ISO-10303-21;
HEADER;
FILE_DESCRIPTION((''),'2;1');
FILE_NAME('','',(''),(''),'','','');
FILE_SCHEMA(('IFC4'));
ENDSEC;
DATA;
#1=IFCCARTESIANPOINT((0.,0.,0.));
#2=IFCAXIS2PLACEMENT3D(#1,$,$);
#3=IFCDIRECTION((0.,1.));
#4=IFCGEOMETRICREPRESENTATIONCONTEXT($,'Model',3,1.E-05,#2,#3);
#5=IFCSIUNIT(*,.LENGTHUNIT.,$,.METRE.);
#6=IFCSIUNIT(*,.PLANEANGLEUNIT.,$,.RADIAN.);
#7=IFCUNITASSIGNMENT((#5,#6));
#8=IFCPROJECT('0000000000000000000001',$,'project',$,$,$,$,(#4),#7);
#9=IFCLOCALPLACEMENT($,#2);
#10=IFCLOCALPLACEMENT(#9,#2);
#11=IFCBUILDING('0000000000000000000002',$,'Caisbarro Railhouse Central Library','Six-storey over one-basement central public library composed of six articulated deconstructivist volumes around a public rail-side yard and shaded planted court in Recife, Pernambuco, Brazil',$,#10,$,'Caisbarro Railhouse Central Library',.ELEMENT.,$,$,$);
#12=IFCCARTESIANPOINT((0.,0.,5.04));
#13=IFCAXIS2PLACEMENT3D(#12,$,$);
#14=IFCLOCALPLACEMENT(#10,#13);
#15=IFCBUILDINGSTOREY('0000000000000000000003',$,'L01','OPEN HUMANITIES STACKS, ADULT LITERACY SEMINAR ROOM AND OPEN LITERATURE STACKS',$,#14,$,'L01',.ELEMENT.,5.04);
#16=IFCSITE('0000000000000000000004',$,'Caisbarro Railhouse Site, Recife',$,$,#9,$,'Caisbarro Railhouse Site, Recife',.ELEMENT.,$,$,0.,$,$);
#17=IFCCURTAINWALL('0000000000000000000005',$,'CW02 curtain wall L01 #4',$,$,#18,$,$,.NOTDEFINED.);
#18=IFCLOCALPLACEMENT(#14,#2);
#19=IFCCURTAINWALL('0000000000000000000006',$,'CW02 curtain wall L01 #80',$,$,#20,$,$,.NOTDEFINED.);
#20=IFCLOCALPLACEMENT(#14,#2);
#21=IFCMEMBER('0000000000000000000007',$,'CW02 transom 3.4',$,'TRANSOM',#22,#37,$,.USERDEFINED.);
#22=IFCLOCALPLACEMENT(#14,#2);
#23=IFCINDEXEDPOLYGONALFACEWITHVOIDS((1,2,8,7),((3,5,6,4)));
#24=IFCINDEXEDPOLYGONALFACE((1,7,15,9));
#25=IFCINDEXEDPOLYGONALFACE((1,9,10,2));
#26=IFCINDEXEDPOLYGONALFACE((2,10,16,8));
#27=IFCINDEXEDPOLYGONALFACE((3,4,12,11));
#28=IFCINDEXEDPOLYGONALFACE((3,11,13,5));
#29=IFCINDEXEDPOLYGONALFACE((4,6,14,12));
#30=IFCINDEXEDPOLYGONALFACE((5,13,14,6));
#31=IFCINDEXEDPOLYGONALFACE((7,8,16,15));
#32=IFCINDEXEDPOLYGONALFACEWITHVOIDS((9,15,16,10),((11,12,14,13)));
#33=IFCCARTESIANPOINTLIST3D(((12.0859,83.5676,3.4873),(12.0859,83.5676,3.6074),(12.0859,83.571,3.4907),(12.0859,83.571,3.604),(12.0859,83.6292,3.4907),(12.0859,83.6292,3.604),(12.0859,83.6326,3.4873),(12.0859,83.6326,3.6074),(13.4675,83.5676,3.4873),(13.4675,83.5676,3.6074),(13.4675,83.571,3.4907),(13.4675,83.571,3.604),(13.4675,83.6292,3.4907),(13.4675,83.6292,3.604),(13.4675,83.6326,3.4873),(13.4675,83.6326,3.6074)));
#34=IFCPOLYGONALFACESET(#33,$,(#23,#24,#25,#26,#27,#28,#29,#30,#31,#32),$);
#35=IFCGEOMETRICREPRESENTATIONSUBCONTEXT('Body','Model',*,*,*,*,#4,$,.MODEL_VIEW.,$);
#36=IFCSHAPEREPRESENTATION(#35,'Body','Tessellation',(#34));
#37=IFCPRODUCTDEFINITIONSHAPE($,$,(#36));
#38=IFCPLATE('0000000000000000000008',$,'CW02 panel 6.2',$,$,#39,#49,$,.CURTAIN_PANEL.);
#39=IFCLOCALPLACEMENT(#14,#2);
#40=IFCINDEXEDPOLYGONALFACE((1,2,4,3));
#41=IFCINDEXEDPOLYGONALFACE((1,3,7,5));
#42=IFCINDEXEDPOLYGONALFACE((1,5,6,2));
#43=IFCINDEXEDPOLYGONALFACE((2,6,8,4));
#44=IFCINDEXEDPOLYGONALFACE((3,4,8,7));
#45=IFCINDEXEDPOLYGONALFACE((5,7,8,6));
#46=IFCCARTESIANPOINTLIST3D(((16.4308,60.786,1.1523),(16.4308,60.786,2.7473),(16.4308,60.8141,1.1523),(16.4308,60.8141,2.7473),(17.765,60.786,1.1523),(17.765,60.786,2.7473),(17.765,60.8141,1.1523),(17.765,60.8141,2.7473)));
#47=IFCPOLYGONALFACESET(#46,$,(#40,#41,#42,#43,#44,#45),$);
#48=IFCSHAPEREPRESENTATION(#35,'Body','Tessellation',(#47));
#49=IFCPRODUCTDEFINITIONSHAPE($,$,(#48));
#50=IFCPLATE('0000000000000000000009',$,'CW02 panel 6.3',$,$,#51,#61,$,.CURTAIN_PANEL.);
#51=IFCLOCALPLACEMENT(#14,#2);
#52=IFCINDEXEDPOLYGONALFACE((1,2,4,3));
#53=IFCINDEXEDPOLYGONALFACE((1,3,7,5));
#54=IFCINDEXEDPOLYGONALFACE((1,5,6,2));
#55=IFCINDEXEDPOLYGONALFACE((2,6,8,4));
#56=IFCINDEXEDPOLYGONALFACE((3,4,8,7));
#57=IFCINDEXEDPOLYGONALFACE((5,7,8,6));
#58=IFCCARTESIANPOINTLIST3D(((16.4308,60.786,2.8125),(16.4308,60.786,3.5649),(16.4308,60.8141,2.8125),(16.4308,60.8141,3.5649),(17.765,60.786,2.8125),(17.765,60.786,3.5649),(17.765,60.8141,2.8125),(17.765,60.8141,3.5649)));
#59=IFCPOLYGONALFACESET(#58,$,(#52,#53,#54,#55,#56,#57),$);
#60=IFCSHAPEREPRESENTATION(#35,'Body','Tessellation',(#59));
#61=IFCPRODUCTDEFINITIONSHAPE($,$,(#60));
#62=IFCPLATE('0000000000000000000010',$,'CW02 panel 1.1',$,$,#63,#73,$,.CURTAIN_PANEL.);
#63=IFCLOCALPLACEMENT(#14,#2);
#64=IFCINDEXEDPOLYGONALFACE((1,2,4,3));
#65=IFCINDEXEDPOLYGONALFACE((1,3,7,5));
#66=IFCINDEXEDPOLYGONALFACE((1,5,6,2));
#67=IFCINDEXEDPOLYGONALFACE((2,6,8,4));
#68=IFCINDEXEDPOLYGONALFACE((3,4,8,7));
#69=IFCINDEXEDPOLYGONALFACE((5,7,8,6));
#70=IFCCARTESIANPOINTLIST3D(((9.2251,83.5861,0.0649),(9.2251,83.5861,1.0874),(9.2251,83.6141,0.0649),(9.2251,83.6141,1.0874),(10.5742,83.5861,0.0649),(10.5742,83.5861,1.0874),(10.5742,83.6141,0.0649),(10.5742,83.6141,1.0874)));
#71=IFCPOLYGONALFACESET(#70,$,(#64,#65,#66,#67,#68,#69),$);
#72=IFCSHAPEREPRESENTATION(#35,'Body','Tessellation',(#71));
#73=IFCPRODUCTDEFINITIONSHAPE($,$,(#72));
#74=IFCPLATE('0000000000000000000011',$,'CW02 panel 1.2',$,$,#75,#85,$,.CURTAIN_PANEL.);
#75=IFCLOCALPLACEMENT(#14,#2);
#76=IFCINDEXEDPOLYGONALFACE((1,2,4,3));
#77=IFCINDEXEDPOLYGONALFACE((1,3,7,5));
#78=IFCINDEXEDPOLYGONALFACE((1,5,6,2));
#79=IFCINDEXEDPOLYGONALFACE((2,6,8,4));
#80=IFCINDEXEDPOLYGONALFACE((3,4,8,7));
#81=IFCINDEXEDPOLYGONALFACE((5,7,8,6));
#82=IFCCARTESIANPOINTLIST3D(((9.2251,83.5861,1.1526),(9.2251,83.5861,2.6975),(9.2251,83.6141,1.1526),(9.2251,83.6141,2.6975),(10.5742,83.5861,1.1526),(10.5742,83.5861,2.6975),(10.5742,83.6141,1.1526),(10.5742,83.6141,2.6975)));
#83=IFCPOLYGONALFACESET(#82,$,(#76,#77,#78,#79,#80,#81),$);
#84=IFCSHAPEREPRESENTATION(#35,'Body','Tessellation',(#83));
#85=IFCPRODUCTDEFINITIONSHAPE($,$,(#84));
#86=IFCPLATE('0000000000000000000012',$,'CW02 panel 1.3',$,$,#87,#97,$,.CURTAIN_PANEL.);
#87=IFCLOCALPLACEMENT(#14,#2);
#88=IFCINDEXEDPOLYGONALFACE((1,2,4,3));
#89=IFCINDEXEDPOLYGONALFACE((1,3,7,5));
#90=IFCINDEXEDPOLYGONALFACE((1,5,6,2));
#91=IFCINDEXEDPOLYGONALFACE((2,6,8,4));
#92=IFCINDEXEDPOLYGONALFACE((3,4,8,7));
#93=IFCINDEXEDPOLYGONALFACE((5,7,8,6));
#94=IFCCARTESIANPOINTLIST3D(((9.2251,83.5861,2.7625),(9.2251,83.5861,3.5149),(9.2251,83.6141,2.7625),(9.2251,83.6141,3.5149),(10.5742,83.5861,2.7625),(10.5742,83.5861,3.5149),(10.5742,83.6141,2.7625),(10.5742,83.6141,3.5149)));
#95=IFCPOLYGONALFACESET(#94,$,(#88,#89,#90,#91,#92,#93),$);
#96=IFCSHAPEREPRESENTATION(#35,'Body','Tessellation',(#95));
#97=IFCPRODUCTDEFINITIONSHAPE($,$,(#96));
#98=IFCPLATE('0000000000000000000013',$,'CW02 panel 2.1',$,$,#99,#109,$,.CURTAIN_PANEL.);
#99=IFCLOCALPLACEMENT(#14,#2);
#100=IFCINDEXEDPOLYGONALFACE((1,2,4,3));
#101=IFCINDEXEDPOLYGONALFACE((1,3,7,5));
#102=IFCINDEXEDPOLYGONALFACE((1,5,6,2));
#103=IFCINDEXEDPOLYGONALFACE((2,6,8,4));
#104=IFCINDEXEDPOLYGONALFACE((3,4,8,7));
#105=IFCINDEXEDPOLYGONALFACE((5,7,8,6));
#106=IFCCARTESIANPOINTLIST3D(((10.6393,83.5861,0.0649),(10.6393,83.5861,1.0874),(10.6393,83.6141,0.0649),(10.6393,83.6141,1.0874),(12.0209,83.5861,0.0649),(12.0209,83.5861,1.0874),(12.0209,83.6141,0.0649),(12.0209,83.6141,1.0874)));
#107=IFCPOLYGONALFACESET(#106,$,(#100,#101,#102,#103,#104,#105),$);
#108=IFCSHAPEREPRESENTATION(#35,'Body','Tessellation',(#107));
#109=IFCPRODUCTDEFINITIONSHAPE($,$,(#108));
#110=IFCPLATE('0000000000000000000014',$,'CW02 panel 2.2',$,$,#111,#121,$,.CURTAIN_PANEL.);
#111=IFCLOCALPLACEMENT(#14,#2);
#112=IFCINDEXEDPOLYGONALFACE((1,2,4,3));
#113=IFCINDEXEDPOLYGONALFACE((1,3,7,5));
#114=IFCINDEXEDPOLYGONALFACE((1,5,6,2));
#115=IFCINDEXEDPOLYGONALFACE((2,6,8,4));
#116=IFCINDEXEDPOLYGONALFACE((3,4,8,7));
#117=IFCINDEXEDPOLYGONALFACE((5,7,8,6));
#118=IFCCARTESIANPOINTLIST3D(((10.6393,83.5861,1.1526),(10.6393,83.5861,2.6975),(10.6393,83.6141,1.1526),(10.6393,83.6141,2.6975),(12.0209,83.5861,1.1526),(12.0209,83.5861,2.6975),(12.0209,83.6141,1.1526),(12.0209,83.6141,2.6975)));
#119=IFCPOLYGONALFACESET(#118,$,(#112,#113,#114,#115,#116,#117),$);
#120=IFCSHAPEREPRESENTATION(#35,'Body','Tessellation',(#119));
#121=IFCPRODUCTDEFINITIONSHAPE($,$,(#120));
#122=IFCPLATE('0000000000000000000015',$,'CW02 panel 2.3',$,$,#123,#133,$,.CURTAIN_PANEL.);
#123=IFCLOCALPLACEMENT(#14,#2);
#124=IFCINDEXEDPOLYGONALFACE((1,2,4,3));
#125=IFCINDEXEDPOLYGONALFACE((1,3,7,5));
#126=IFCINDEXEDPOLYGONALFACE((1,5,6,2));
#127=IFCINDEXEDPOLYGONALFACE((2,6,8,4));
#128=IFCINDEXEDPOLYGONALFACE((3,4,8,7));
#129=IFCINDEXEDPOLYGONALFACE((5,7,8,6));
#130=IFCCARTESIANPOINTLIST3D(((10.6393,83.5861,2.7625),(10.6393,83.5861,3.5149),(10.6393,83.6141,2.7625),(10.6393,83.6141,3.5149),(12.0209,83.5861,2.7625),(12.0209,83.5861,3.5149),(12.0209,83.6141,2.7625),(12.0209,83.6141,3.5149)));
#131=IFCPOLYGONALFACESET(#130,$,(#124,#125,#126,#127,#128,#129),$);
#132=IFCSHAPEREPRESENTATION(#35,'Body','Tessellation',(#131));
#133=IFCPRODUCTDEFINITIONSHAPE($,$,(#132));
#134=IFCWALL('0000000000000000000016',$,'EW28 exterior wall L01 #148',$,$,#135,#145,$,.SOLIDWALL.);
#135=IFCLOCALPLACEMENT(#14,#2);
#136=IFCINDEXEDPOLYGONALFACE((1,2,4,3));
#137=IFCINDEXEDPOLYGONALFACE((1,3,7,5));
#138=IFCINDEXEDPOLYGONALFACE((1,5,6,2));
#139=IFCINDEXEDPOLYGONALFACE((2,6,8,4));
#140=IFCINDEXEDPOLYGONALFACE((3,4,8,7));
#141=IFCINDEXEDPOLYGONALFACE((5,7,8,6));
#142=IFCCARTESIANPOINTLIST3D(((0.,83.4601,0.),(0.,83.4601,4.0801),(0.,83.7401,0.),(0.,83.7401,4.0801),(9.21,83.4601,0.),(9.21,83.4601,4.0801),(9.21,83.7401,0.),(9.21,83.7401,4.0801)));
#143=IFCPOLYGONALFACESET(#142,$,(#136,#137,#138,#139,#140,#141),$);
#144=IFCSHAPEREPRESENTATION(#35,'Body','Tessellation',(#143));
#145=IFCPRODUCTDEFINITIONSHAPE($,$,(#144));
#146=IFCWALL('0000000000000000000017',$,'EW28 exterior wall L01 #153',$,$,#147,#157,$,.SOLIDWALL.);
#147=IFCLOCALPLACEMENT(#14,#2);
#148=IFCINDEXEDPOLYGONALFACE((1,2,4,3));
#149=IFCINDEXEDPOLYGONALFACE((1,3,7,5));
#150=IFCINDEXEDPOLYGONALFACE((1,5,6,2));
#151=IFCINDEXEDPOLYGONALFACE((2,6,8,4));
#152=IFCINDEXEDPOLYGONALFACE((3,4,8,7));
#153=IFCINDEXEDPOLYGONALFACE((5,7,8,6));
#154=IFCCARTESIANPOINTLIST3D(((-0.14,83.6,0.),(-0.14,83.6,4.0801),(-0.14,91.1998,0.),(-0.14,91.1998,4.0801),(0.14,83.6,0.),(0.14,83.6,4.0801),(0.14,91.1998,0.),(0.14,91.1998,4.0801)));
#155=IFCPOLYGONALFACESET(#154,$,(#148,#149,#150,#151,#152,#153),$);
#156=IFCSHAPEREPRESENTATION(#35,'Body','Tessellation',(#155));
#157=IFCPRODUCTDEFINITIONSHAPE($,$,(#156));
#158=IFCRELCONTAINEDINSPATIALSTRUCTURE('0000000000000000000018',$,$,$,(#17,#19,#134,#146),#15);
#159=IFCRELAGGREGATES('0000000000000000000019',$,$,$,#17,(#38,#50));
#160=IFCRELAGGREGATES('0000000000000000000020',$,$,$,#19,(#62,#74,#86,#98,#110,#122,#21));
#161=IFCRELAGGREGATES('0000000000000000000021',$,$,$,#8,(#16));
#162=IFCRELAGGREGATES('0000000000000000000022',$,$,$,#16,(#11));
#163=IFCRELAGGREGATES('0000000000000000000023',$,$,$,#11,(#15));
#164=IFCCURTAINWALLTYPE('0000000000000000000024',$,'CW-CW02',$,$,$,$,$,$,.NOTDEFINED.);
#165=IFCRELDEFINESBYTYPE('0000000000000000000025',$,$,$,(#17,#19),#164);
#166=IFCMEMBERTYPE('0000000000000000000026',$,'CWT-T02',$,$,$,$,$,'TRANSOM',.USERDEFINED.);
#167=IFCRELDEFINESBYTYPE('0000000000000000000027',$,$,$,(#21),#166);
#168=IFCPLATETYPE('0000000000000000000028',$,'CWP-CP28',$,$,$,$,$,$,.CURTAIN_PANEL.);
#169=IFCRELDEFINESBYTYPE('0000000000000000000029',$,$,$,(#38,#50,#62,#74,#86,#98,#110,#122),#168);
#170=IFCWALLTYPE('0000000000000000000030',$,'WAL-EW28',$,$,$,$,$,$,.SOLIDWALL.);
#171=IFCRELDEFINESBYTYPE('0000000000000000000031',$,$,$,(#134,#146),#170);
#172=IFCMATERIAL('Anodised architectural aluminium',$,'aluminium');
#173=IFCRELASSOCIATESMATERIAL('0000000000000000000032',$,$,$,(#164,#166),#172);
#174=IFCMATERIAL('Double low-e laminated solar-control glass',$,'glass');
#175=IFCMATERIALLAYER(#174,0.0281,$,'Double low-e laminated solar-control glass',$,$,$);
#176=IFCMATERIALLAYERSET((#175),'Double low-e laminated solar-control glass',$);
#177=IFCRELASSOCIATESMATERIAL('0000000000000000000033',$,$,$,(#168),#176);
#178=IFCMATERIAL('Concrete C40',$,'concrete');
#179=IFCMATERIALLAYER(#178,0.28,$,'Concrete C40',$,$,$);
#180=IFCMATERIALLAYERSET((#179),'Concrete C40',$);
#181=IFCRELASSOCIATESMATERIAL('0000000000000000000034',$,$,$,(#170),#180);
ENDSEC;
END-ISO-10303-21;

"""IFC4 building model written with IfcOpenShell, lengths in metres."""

from ifc_helpers import new_model, si_unit, direction, frame, frame_2d, origin, origin_2d, place, context, subcontext, project, spatial, rectangle, hollow_rectangle, extrude, material, layer, layer_set, material_profile, profile_set, type_object, element, aggregate, save


model = new_model("IFC4")

# Units and contexts
model_context = context("Model", 3, precision=1e-05, world=origin(), true_north=direction((0.0, 1.0)))
body_context = subcontext(model_context, "Body", "Model", "MODEL_VIEW")
ifc_project = project(units=[si_unit("LENGTHUNIT", "METRE"), si_unit("PLANEANGLEUNIT", "RADIAN")], contexts=[model_context])

# Site, building, storey
site_placement = place(None, origin())
site = spatial("IfcSite", under=ifc_project, at=site_placement, Name="Caisbarro Railhouse Site, Recife", LongName="Caisbarro Railhouse Site, Recife", CompositionType="ELEMENT", RefElevation=0.0)
building_placement = place(site_placement, origin())
building = spatial("IfcBuilding", under=site, at=building_placement, Name="Caisbarro Railhouse Central Library", Description="Six-storey over one-basement central public library composed of six articulated deconstructivist volumes around a public rail-side yard and shaded planted court in Recife, Pernambuco, Brazil", LongName="Caisbarro Railhouse Central Library", CompositionType="ELEMENT")
storey_placement = place(building_placement, frame((0.0, 0.0, 5.04)))
storey = spatial("IfcBuildingStorey", under=building, at=storey_placement, Name="L01", Description="OPEN HUMANITIES STACKS, ADULT LITERACY SEMINAR ROOM AND OPEN LITERATURE STACKS", LongName="L01", CompositionType="ELEMENT", Elevation=5.04)

# Curtain wall
ifc_material_1 = material(Name="Anodised architectural aluminium", Category="aluminium")
curtain_wall_type = type_object("IfcCurtainWallType", Name="CW-CW02", PredefinedType="NOTDEFINED", material=ifc_material_1)
curtain_wall_1_placement = place(storey_placement, origin())
curtain_wall_1 = element("IfcCurtainWall", 1, at=curtain_wall_1_placement, inside=storey, type_object=curtain_wall_type, Name="CW02 curtain wall L01 #4", PredefinedType="NOTDEFINED")

# Curtain wall, member
curtain_wall_2_placement = place(storey_placement, origin())
curtain_wall_2 = element("IfcCurtainWall", 2, at=curtain_wall_2_placement, inside=storey, type_object=curtain_wall_type, Name="CW02 curtain wall L01 #80", PredefinedType="NOTDEFINED")
ifc_material_profile_1 = material_profile(ifc_material_1, hollow_rectangle(XDim=0.0649, YDim=0.1201, WallThickness=0.0034, at=origin_2d()), Name="ALU-TRN-65X120")
ifc_profile_set_1 = profile_set([ifc_material_profile_1], Name="Anodised architectural aluminium")
member_type_1 = type_object("IfcMemberType", Name="CWT-T02", ElementType="TRANSOM", PredefinedType="USERDEFINED", material=ifc_profile_set_1)
member_1_placement = place(storey_placement, frame((12.0859, 83.6001, 3.5474), z_axis=(1.0, 0.0, 0.0), x_axis=(0.0, 1.0, 0.0)))
member_1 = element("IfcMember", 3, at=member_1_placement, type_object=member_type_1, Name="CW02 transom 3.4", ObjectType="TRANSOM", PredefinedType="USERDEFINED", context=body_context, shape_type="SweptSolid", body=[
    extrude(hollow_rectangle(XDim=0.0649, YDim=0.1201, WallThickness=0.0034, at=origin_2d()), origin(), (0.0, 0.0, 1.0), 1.3816),
])

# Plates
ifc_material_2 = material(Name="Double low-e laminated solar-control glass", Category="glass")
ifc_layer_1 = layer(ifc_material_2, 0.0281, Name="Double low-e laminated solar-control glass")
ifc_layer_set_1 = layer_set([ifc_layer_1], Name="Double low-e laminated solar-control glass")
plate_type = type_object("IfcPlateType", Name="CWP-CP28", PredefinedType="CURTAIN_PANEL", material=ifc_layer_set_1)
plate_1_placement = place(storey_placement, frame((17.0979, 60.8, 1.1523), z_axis=(0.0, 0.0, 1.0), x_axis=(1.0, 0.0, 0.0)))
plate_1 = element("IfcPlate", 4, at=plate_1_placement, type_object=plate_type, Name="CW02 panel 6.2", PredefinedType="CURTAIN_PANEL", context=body_context, shape_type="SweptSolid", body=[
    extrude(rectangle(XDim=1.3342, YDim=0.0281, at=origin_2d()), origin(), (0.0, 0.0, 1.0), 1.595),
])
plate_2_placement = place(storey_placement, frame((17.0979, 60.8, 2.8125), z_axis=(0.0, 0.0, 1.0), x_axis=(1.0, 0.0, 0.0)))
plate_2 = element("IfcPlate", 5, at=plate_2_placement, type_object=plate_type, Name="CW02 panel 6.3", PredefinedType="CURTAIN_PANEL", context=body_context, shape_type="SweptSolid", body=[
    extrude(rectangle(XDim=1.3342, YDim=0.0281, at=origin_2d()), origin(), (0.0, 0.0, 1.0), 0.7524),
])
aggregate(curtain_wall_1, [plate_1, plate_2])
plate_3_placement = place(storey_placement, frame((9.8997, 83.6001, 0.0649), z_axis=(0.0, 0.0, 1.0), x_axis=(1.0, 0.0, 0.0)))
plate_3 = element("IfcPlate", 6, at=plate_3_placement, type_object=plate_type, Name="CW02 panel 1.1", PredefinedType="CURTAIN_PANEL", context=body_context, shape_type="SweptSolid", body=[
    extrude(rectangle(XDim=1.3491, YDim=0.0281, at=origin_2d()), origin(), (0.0, 0.0, 1.0), 1.0225),
])
plate_4_placement = place(storey_placement, frame((9.8997, 83.6001, 1.1526), z_axis=(0.0, 0.0, 1.0), x_axis=(1.0, 0.0, 0.0)))
plate_4 = element("IfcPlate", 7, at=plate_4_placement, type_object=plate_type, Name="CW02 panel 1.2", PredefinedType="CURTAIN_PANEL", context=body_context, shape_type="SweptSolid", body=[
    extrude(rectangle(XDim=1.3491, YDim=0.0281, at=origin_2d()), origin(), (0.0, 0.0, 1.0), 1.5449),
])
plate_5_placement = place(storey_placement, frame((9.8997, 83.6001, 2.7625), z_axis=(0.0, 0.0, 1.0), x_axis=(1.0, 0.0, 0.0)))
plate_5 = element("IfcPlate", 8, at=plate_5_placement, type_object=plate_type, Name="CW02 panel 1.3", PredefinedType="CURTAIN_PANEL", context=body_context, shape_type="SweptSolid", body=[
    extrude(rectangle(XDim=1.3491, YDim=0.0281, at=origin_2d()), origin(), (0.0, 0.0, 1.0), 0.7524),
])
plate_6_placement = place(storey_placement, frame((11.3301, 83.6001, 0.0649), z_axis=(0.0, 0.0, 1.0), x_axis=(1.0, 0.0, 0.0)))
plate_6 = element("IfcPlate", 9, at=plate_6_placement, type_object=plate_type, Name="CW02 panel 2.1", PredefinedType="CURTAIN_PANEL", context=body_context, shape_type="SweptSolid", body=[
    extrude(rectangle(XDim=1.3816, YDim=0.0281, at=origin_2d()), origin(), (0.0, 0.0, 1.0), 1.0225),
])
plate_7_placement = place(storey_placement, frame((11.3301, 83.6001, 1.1526), z_axis=(0.0, 0.0, 1.0), x_axis=(1.0, 0.0, 0.0)))
plate_7 = element("IfcPlate", 10, at=plate_7_placement, type_object=plate_type, Name="CW02 panel 2.2", PredefinedType="CURTAIN_PANEL", context=body_context, shape_type="SweptSolid", body=[
    extrude(rectangle(XDim=1.3816, YDim=0.0281, at=origin_2d()), origin(), (0.0, 0.0, 1.0), 1.5449),
])
plate_8_placement = place(storey_placement, frame((11.3301, 83.6001, 2.7625), z_axis=(0.0, 0.0, 1.0), x_axis=(1.0, 0.0, 0.0)))
plate_8 = element("IfcPlate", 11, at=plate_8_placement, type_object=plate_type, Name="CW02 panel 2.3", PredefinedType="CURTAIN_PANEL", context=body_context, shape_type="SweptSolid", body=[
    extrude(rectangle(XDim=1.3816, YDim=0.0281, at=origin_2d()), origin(), (0.0, 0.0, 1.0), 0.7524),
])
aggregate(curtain_wall_2, [plate_3, plate_4, plate_5, plate_6, plate_7, plate_8, member_1])

# Walls
ifc_material_3 = material(Name="Concrete C40", Category="concrete")
ifc_layer_2 = layer(ifc_material_3, 0.28, Name="Concrete C40")
ifc_layer_set_2 = layer_set([ifc_layer_2], Name="Concrete C40")
wall_type = type_object("IfcWallType", Name="WAL-EW28", PredefinedType="SOLIDWALL", material=ifc_layer_set_2)
wall_1_placement = place(storey_placement, frame((0.0, 83.6001, 0.0), z_axis=(0.0, 0.0, 1.0), x_axis=(1.0, 0.0, 0.0)))
element("IfcWall", 12, at=wall_1_placement, inside=storey, type_object=wall_type, Name="EW28 exterior wall L01 #148", PredefinedType="SOLIDWALL", context=body_context, shape_type="SweptSolid", body=[
    extrude(rectangle(XDim=9.21, YDim=0.28, at=frame_2d((4.605, 0.0))), origin(), (0.0, 0.0, 1.0), 4.0801),
])
wall_2_placement = place(storey_placement, frame((0.0, 83.6001, 0.0), z_axis=(0.0, 0.0, 1.0), x_axis=(0.0, 1.0, 0.0)))
element("IfcWall", 13, at=wall_2_placement, inside=storey, type_object=wall_type, Name="EW28 exterior wall L01 #153", PredefinedType="SOLIDWALL", context=body_context, shape_type="SweptSolid", body=[
    extrude(rectangle(XDim=7.5999, YDim=0.28, at=frame_2d((3.7998, 0.0))), origin(), (0.0, 0.0, 1.0), 4.0801),
])

save(model, "model.ifc")
